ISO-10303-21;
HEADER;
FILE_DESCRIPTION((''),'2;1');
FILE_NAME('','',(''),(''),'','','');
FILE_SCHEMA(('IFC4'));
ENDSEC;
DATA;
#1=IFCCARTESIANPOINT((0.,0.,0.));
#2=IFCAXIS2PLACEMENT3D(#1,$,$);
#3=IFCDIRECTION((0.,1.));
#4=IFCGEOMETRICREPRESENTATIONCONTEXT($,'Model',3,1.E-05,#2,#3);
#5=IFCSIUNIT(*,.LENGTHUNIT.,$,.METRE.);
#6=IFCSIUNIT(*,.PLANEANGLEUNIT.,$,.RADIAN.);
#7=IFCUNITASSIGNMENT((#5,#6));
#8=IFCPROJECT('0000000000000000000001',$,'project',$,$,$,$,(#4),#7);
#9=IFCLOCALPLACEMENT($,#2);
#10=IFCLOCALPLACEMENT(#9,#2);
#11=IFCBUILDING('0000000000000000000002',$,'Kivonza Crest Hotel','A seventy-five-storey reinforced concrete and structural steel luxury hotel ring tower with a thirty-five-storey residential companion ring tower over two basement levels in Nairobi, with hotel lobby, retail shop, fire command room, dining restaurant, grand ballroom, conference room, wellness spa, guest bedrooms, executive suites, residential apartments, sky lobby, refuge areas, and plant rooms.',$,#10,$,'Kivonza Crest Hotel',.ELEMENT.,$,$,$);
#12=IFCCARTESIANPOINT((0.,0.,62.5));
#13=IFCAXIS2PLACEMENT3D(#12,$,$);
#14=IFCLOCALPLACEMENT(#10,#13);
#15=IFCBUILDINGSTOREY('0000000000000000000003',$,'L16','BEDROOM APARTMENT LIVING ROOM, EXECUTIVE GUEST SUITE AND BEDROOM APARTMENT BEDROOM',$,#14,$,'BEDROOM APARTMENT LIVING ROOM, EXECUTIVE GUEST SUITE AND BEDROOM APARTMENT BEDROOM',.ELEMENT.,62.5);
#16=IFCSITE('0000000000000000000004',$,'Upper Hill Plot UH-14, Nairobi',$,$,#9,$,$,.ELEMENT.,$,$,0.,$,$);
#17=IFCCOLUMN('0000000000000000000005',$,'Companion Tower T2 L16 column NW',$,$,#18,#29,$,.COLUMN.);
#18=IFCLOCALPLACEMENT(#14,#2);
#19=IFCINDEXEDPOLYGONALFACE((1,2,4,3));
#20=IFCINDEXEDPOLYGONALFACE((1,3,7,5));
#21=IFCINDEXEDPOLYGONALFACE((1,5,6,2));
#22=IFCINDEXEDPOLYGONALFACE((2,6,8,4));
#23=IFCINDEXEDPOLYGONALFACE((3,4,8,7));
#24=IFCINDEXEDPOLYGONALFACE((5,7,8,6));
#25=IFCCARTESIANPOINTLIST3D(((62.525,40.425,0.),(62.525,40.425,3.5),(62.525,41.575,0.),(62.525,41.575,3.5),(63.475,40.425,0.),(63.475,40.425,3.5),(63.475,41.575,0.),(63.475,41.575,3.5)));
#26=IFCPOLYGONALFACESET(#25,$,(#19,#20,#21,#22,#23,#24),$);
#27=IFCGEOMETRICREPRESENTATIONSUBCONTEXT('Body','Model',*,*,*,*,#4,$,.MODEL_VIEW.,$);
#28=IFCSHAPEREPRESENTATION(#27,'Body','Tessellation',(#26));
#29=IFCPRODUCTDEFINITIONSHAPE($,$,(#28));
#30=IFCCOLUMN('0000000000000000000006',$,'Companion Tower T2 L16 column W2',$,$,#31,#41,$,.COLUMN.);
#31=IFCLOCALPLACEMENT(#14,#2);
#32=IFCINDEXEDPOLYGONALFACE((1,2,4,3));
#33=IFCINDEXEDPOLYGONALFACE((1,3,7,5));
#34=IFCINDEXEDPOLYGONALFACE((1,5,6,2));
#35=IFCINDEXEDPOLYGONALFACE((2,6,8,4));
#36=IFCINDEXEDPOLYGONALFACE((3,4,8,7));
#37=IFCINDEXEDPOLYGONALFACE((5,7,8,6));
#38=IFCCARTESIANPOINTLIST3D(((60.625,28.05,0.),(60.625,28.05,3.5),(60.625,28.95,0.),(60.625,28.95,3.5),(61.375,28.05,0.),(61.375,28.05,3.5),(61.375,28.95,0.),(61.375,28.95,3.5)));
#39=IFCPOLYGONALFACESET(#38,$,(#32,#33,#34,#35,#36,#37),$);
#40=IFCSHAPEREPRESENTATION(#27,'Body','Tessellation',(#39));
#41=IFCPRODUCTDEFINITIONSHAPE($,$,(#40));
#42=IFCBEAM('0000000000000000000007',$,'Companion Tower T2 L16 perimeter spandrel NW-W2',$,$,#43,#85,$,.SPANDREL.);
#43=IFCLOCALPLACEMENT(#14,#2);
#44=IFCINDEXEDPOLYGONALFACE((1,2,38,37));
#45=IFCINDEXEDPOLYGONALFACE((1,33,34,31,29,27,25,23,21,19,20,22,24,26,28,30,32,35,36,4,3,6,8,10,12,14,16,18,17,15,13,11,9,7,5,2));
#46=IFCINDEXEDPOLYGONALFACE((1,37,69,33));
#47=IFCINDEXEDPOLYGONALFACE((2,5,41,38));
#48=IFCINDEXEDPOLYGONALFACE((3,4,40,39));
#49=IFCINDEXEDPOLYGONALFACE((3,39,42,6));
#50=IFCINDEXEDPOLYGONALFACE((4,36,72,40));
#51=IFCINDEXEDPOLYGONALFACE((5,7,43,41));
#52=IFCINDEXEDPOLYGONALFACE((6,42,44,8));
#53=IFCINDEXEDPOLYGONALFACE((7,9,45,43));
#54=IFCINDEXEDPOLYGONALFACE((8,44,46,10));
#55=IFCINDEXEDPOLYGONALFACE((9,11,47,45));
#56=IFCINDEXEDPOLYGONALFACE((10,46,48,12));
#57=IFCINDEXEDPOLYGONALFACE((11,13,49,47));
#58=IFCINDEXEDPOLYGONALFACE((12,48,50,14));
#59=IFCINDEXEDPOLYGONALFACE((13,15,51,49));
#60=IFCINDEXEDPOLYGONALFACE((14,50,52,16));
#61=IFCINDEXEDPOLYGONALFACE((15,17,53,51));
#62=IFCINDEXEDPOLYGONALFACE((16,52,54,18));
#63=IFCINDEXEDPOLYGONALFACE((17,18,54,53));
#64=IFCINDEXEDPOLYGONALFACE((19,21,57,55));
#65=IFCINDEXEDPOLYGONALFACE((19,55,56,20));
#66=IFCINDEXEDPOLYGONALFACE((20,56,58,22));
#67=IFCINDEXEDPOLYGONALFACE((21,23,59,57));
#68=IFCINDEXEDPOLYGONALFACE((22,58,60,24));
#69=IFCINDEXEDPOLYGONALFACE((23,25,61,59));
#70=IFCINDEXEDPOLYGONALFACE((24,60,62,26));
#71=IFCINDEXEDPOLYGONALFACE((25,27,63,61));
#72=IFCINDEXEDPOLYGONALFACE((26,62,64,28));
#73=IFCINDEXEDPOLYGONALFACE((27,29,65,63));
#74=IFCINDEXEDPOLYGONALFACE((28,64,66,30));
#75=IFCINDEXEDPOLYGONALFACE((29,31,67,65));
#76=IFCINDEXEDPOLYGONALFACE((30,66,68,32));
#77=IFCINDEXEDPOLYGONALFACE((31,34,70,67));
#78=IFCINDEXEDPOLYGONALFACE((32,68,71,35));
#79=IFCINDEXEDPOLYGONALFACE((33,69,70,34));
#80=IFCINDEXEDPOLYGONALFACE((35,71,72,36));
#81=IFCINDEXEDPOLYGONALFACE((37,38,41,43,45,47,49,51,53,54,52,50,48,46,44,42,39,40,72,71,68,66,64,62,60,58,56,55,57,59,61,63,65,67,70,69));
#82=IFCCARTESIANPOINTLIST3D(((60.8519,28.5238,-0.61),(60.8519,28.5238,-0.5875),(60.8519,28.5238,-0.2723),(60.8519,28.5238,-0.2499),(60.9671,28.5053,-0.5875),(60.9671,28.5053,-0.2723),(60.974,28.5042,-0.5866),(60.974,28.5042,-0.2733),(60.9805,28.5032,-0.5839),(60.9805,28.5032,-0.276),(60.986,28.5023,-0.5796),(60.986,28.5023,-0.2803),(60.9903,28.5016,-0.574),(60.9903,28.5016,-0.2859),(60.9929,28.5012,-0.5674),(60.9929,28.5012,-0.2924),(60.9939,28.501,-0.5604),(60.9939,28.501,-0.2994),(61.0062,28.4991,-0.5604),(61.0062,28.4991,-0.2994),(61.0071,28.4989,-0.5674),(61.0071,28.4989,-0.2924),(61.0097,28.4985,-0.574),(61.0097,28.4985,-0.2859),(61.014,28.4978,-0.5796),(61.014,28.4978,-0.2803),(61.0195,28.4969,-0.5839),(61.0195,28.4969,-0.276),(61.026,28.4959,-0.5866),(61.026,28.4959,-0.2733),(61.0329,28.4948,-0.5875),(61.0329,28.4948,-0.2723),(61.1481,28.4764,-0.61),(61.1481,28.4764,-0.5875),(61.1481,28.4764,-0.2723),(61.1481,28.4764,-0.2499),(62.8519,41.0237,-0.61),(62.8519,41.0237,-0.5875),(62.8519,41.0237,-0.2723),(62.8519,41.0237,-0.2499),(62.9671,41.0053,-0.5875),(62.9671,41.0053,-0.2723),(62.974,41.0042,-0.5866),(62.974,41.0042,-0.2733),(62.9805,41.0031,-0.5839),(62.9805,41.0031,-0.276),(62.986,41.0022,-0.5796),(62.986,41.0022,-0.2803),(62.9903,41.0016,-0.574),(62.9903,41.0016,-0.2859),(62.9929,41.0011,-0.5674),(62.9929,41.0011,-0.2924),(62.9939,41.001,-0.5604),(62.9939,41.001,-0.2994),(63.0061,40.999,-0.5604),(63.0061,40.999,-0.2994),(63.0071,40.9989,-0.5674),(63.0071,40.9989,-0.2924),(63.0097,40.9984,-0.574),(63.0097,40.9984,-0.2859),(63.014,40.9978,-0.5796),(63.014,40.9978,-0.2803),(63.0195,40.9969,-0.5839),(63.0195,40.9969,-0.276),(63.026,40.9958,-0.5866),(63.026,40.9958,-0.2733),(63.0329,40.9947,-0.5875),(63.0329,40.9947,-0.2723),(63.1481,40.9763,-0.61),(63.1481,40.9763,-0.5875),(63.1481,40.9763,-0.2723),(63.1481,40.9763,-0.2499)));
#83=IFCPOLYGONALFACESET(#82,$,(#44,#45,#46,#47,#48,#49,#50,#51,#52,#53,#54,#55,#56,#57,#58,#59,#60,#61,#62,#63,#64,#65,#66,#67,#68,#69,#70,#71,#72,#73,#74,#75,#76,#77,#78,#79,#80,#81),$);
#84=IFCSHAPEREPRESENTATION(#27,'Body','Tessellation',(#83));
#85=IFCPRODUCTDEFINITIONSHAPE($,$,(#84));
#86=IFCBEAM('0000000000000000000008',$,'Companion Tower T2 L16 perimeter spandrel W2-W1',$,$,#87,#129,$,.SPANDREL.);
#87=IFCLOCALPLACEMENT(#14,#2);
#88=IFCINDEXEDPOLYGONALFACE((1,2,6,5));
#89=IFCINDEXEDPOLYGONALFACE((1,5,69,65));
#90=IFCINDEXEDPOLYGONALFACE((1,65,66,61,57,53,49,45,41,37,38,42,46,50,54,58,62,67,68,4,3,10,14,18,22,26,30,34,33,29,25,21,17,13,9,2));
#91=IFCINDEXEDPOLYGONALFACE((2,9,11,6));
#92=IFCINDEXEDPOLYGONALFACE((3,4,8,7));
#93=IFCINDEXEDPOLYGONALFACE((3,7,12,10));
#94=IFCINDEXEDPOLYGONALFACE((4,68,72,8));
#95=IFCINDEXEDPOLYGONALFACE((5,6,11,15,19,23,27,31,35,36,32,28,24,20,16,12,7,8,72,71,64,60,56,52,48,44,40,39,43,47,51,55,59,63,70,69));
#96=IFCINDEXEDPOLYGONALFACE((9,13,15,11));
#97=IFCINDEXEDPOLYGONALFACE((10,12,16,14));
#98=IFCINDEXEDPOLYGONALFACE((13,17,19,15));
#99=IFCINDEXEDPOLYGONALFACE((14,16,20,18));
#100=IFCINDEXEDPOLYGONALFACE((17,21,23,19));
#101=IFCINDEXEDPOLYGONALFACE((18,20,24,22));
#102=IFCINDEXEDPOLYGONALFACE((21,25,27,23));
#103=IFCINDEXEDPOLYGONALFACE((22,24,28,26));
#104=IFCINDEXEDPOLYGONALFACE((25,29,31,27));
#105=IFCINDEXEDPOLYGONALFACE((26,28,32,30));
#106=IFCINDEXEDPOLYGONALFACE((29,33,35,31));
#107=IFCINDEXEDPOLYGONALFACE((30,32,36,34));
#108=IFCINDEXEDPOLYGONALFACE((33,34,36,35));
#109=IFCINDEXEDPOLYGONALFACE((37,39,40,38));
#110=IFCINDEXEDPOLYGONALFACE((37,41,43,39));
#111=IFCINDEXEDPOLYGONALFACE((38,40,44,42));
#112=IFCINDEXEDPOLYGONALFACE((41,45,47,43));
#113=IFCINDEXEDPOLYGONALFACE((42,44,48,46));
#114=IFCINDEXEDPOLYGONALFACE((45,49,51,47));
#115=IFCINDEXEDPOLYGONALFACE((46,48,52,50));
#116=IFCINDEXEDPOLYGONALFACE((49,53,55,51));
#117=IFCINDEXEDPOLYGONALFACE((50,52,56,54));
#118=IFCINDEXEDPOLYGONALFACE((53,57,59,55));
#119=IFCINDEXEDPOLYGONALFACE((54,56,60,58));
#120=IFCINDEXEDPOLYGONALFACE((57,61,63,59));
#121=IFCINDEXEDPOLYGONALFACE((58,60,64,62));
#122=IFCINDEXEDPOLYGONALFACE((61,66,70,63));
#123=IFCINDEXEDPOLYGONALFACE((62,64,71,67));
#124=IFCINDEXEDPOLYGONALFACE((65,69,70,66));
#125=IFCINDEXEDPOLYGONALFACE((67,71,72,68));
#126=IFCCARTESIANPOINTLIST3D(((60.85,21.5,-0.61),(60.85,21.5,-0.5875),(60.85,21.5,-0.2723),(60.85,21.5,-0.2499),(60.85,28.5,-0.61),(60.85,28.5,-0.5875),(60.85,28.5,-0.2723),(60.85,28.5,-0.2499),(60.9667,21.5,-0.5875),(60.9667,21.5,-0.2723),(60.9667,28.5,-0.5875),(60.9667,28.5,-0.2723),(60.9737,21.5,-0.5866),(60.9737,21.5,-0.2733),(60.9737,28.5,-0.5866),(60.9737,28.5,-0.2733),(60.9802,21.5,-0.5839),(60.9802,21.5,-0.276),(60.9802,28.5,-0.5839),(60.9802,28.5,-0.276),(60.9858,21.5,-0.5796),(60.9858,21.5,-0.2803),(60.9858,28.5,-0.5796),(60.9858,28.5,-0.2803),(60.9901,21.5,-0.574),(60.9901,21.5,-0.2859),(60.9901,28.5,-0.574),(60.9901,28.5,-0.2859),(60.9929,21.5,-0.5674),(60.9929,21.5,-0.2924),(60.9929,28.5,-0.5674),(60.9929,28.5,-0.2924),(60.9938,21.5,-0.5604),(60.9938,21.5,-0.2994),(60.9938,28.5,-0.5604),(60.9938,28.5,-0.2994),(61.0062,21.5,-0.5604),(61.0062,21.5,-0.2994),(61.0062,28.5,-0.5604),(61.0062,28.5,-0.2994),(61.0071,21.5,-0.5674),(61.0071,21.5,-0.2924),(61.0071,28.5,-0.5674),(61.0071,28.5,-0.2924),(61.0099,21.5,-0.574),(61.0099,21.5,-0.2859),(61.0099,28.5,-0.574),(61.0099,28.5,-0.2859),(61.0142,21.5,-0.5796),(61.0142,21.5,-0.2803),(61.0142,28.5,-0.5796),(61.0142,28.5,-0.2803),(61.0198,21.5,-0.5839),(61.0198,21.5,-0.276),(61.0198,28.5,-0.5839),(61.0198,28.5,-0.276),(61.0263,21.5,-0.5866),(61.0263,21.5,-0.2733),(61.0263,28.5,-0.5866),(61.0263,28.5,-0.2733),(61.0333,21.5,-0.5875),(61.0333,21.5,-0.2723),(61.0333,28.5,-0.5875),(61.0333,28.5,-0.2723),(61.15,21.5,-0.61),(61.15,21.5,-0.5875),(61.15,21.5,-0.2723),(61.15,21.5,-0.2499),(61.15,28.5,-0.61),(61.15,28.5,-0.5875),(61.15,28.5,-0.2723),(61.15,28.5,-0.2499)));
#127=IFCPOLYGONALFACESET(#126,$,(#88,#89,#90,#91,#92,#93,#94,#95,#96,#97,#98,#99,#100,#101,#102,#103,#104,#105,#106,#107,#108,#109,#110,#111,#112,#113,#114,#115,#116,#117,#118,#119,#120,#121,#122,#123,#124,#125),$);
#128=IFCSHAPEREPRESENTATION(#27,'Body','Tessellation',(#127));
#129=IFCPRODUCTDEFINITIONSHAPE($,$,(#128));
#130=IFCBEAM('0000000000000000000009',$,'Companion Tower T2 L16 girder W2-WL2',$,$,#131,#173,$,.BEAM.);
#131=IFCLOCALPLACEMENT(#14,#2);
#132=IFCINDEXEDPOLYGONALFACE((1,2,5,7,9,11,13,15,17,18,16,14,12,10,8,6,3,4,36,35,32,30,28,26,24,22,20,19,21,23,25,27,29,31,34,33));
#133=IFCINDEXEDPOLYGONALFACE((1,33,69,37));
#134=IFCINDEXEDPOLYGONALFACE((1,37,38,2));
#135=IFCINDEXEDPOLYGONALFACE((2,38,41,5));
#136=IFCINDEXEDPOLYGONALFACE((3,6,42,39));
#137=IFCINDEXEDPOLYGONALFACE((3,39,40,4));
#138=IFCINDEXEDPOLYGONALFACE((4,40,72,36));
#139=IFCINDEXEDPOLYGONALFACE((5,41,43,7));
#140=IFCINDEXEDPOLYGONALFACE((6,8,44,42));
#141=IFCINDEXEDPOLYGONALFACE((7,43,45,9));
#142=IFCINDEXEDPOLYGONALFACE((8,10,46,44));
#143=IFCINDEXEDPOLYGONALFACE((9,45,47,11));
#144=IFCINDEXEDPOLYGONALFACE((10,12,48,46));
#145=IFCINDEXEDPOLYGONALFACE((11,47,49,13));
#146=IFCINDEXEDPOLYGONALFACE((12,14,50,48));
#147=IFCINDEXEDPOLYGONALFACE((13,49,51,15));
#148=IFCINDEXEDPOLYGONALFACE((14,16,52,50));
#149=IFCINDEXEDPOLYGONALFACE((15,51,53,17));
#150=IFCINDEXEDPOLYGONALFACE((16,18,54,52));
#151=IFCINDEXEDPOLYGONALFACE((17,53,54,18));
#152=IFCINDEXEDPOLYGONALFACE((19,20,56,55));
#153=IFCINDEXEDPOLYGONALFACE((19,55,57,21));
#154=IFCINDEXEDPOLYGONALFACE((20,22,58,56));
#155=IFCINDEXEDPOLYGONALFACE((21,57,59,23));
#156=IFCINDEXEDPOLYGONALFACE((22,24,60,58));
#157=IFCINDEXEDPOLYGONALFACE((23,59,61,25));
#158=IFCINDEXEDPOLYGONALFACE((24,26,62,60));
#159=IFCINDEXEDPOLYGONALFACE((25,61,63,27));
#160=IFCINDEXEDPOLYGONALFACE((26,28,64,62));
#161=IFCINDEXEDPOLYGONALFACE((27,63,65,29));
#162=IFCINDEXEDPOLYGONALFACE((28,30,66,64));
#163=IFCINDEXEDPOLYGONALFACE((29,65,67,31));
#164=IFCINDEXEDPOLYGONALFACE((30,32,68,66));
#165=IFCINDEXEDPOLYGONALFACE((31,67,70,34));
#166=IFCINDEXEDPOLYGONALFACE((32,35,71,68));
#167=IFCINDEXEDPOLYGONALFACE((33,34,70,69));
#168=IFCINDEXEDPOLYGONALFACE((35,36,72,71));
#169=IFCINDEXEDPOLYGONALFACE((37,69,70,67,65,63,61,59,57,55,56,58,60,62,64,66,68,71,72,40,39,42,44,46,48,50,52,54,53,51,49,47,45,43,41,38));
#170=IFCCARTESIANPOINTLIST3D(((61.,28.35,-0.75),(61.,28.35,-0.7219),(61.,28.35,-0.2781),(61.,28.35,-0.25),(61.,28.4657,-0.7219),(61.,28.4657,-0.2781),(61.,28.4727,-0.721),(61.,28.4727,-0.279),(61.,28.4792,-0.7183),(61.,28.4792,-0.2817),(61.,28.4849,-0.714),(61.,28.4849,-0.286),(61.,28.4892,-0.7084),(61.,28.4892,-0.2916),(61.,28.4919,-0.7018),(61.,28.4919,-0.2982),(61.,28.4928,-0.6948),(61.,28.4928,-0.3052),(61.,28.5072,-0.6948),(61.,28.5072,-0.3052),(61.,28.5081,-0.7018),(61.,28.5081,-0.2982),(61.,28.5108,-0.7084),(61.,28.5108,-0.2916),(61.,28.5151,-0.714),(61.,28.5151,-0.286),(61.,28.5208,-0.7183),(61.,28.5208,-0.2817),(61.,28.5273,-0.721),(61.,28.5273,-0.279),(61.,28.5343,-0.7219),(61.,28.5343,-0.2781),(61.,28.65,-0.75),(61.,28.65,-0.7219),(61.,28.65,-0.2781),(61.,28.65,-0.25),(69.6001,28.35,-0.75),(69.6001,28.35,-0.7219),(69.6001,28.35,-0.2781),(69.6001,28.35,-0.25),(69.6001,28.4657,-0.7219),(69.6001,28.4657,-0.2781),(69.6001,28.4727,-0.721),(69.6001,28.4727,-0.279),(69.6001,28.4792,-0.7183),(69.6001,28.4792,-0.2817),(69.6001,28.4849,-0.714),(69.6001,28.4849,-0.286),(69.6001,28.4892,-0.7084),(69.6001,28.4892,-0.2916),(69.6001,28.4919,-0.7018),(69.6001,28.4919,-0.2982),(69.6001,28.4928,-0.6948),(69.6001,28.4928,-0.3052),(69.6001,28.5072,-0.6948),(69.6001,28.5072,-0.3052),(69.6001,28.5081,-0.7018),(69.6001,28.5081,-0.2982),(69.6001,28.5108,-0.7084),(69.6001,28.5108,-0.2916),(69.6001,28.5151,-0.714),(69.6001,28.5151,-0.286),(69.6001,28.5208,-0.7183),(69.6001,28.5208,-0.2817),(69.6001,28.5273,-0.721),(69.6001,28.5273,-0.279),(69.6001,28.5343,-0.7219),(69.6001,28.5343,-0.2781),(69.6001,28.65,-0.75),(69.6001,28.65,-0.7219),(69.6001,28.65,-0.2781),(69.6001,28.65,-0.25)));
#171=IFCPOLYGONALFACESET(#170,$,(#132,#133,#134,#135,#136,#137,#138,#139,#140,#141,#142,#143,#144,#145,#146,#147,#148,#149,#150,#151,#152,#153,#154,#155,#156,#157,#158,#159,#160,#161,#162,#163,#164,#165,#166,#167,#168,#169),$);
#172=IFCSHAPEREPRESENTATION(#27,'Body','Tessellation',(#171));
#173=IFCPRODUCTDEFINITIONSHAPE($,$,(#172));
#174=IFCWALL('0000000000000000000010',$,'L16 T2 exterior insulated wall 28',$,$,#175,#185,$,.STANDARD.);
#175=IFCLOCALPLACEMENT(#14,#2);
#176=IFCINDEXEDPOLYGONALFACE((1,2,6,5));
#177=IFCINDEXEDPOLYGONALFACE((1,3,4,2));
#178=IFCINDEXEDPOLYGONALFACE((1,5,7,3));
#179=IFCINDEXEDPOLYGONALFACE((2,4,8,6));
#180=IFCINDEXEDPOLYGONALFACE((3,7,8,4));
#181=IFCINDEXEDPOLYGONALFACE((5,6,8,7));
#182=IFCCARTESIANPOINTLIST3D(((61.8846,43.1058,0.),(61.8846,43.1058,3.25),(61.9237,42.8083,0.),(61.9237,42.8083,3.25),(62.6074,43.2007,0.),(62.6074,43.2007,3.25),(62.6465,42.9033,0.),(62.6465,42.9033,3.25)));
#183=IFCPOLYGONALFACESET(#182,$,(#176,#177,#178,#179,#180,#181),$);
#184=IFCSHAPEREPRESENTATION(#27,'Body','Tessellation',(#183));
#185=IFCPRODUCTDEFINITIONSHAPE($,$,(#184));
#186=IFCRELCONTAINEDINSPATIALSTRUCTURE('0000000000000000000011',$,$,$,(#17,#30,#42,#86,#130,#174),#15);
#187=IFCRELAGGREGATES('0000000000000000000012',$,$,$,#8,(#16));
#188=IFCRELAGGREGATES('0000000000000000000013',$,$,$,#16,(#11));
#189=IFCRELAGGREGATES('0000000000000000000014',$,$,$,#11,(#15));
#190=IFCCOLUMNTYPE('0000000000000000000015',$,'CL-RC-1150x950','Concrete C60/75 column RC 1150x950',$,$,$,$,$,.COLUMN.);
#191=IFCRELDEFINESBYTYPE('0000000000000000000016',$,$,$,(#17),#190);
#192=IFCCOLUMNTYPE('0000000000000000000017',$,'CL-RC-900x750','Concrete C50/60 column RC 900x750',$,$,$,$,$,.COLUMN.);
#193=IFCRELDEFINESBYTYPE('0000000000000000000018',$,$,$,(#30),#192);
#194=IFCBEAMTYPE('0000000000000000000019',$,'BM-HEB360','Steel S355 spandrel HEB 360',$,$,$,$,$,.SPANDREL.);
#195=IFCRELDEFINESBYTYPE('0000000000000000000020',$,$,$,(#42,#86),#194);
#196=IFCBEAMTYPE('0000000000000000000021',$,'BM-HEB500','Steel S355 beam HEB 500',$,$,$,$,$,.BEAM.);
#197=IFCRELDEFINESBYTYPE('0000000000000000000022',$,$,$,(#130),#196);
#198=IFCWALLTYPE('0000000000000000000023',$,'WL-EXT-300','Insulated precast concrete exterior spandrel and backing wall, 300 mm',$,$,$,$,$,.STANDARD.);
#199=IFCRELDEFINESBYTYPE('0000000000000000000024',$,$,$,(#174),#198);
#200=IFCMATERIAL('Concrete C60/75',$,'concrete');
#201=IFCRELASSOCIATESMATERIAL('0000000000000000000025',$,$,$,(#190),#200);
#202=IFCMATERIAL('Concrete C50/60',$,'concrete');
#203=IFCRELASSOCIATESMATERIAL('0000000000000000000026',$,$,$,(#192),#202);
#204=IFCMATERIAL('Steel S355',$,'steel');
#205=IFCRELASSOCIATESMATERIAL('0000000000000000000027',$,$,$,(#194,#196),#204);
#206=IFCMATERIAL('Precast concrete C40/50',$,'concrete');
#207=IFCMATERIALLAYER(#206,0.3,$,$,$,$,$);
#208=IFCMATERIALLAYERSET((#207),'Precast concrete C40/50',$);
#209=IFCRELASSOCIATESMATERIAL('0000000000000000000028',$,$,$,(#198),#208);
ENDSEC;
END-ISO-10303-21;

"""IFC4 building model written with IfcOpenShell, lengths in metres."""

from ifc_helpers import new_model, si_unit, direction, frame, frame_2d, origin, origin_2d, place, context, subcontext, project, spatial, rectangle, i_section, extrude, material, layer, layer_set, material_profile, profile_set, type_object, element, save


model = new_model("IFC4")

# Units and contexts
model_context = context("Model", 3, precision=1e-05, world=origin(), true_north=direction((0.0, 1.0)))
body_context = subcontext(model_context, "Body", "Model", "MODEL_VIEW")
ifc_project = project(units=[si_unit("LENGTHUNIT", "METRE"), si_unit("PLANEANGLEUNIT", "RADIAN")], contexts=[model_context])

# Site, building, storey
site_placement = place(None, origin())
site = spatial("IfcSite", under=ifc_project, at=site_placement, Name="Upper Hill Plot UH-14, Nairobi", CompositionType="ELEMENT", RefElevation=0.0)
building_placement = place(site_placement, origin())
building = spatial("IfcBuilding", under=site, at=building_placement, Name="Kivonza Crest Hotel", Description="A seventy-five-storey reinforced concrete and structural steel luxury hotel ring tower with a thirty-five-storey residential companion ring tower over two basement levels in Nairobi, with hotel lobby, retail shop, fire command room, dining restaurant, grand ballroom, conference room, wellness spa, guest bedrooms, executive suites, residential apartments, sky lobby, refuge areas, and plant rooms.", LongName="Kivonza Crest Hotel", CompositionType="ELEMENT")
storey_placement = place(building_placement, frame((0.0, 0.0, 62.5)))
storey = spatial("IfcBuildingStorey", under=building, at=storey_placement, Name="L16", Description="BEDROOM APARTMENT LIVING ROOM, EXECUTIVE GUEST SUITE AND BEDROOM APARTMENT BEDROOM", LongName="BEDROOM APARTMENT LIVING ROOM, EXECUTIVE GUEST SUITE AND BEDROOM APARTMENT BEDROOM", CompositionType="ELEMENT", Elevation=62.5)

# Columns
ifc_material_1 = material(Name="Concrete C60/75", Category="concrete")
ifc_material_profile_1 = material_profile(ifc_material_1, rectangle(XDim=0.95, YDim=1.1499, at=origin_2d()), Name="RC 1150x950")
ifc_profile_set_1 = profile_set([ifc_material_profile_1], Name="Concrete C60/75")
column_type_1 = type_object("IfcColumnType", Name="CL-RC-1150x950", Description="Concrete C60/75 column RC 1150x950", PredefinedType="COLUMN", material=ifc_profile_set_1)
column_1_placement = place(storey_placement, frame((63.0, 41.0, 0.0), z_axis=(0.0, 0.0, 1.0), x_axis=(1.0, 0.0, 0.0)))
element("IfcColumn", 1, at=column_1_placement, inside=storey, type_object=column_type_1, Name="Companion Tower T2 L16 column NW", PredefinedType="COLUMN", context=body_context, shape_type="SweptSolid", body=[
    extrude(rectangle(XDim=0.95, YDim=1.1499, at=origin_2d()), origin(), (0.0, 0.0, 1.0), 3.5),
])
ifc_material_2 = material(Name="Concrete C50/60", Category="concrete")
ifc_material_profile_2 = material_profile(ifc_material_2, rectangle(XDim=0.75, YDim=0.8999, at=origin_2d()), Name="RC 900x750")
ifc_profile_set_2 = profile_set([ifc_material_profile_2], Name="Concrete C50/60")
column_type_2 = type_object("IfcColumnType", Name="CL-RC-900x750", Description="Concrete C50/60 column RC 900x750", PredefinedType="COLUMN", material=ifc_profile_set_2)
column_2_placement = place(storey_placement, frame((61.0, 28.5, 0.0), z_axis=(0.0, 0.0, 1.0), x_axis=(1.0, 0.0, 0.0)))
element("IfcColumn", 2, at=column_2_placement, inside=storey, type_object=column_type_2, Name="Companion Tower T2 L16 column W2", PredefinedType="COLUMN", context=body_context, shape_type="SweptSolid", body=[
    extrude(rectangle(XDim=0.75, YDim=0.8999, at=origin_2d()), origin(), (0.0, 0.0, 1.0), 3.5),
])

# Beams
ifc_material_3 = material(Name="Steel S355", Category="steel")
ifc_material_profile_3 = material_profile(ifc_material_3, i_section(OverallWidth=0.3, OverallDepth=0.3601, WebThickness=0.0125, FlangeThickness=0.0225, FilletRadius=0.0271, at=origin_2d()), Name="HEB 360")
ifc_profile_set_3 = profile_set([ifc_material_profile_3], Name="Steel S355")
beam_type_1 = type_object("IfcBeamType", Name="BM-HEB360", Description="Steel S355 spandrel HEB 360", PredefinedType="SPANDREL", material=ifc_profile_set_3)
beam_1_placement = place(storey_placement, frame((63.0, 41.0, -0.4299), z_axis=(-0.157991, -0.987441, 0.0), x_axis=(0.987441, -0.157991, 0.0)))
element("IfcBeam", 3, at=beam_1_placement, inside=storey, type_object=beam_type_1, Name="Companion Tower T2 L16 perimeter spandrel NW-W2", PredefinedType="SPANDREL", context=body_context, shape_type="SweptSolid", body=[
    extrude(i_section(OverallWidth=0.3, OverallDepth=0.3601, WebThickness=0.0125, FlangeThickness=0.0225, FilletRadius=0.0271, at=origin_2d()), origin(), (0.0, 0.0, 1.0), 12.6589),
])
beam_2_placement = place(storey_placement, frame((61.0, 28.5, -0.4299), z_axis=(0.0, -1.0, 0.0), x_axis=(1.0, 0.0, 0.0)))
element("IfcBeam", 4, at=beam_2_placement, inside=storey, type_object=beam_type_1, Name="Companion Tower T2 L16 perimeter spandrel W2-W1", PredefinedType="SPANDREL", context=body_context, shape_type="SweptSolid", body=[
    extrude(i_section(OverallWidth=0.3, OverallDepth=0.3601, WebThickness=0.0125, FlangeThickness=0.0225, FilletRadius=0.0271, at=origin_2d()), origin(), (0.0, 0.0, 1.0), 7.0),
])
ifc_material_profile_4 = material_profile(ifc_material_3, i_section(OverallWidth=0.3, OverallDepth=0.5, WebThickness=0.0144, FlangeThickness=0.0281, FilletRadius=0.0271, at=origin_2d()), Name="HEB 500")
ifc_profile_set_4 = profile_set([ifc_material_profile_4], Name="Steel S355")
beam_type_2 = type_object("IfcBeamType", Name="BM-HEB500", Description="Steel S355 beam HEB 500", PredefinedType="BEAM", material=ifc_profile_set_4)
beam_3_placement = place(storey_placement, frame((61.0, 28.5, -0.5), z_axis=(1.0, 0.0, 0.0), x_axis=(0.0, 1.0, 0.0)))
element("IfcBeam", 5, at=beam_3_placement, inside=storey, type_object=beam_type_2, Name="Companion Tower T2 L16 girder W2-WL2", PredefinedType="BEAM", context=body_context, shape_type="SweptSolid", body=[
    extrude(i_section(OverallWidth=0.3, OverallDepth=0.5, WebThickness=0.0144, FlangeThickness=0.0281, FilletRadius=0.0271, at=origin_2d()), origin(), (0.0, 0.0, 1.0), 8.6001),
])

# Wall
ifc_material_4 = material(Name="Precast concrete C40/50", Category="concrete")
ifc_layer_1 = layer(ifc_material_4, 0.3)
ifc_layer_set_1 = layer_set([ifc_layer_1], Name="Precast concrete C40/50")
wall_type_1 = type_object("IfcWallType", Name="WL-EXT-300", Description="Insulated precast concrete exterior spandrel and backing wall, 300 mm", PredefinedType="STANDARD", material=ifc_layer_set_1)
wall_1_placement = place(storey_placement, frame((62.627, 43.052, 0.0), z_axis=(0.0, 0.0, 1.0), x_axis=(-0.99148, -0.130255, 0.0)))
element("IfcWall", 6, at=wall_1_placement, inside=storey, type_object=wall_type_1, Name="L16 T2 exterior insulated wall 28", PredefinedType="STANDARD", context=body_context, shape_type="SweptSolid", body=[
    extrude(rectangle(XDim=0.729, YDim=0.3, at=frame_2d((0.3645, 0.0))), origin(), (0.0, 0.0, 1.0), 3.25),
])

save(model, "model.ifc")
